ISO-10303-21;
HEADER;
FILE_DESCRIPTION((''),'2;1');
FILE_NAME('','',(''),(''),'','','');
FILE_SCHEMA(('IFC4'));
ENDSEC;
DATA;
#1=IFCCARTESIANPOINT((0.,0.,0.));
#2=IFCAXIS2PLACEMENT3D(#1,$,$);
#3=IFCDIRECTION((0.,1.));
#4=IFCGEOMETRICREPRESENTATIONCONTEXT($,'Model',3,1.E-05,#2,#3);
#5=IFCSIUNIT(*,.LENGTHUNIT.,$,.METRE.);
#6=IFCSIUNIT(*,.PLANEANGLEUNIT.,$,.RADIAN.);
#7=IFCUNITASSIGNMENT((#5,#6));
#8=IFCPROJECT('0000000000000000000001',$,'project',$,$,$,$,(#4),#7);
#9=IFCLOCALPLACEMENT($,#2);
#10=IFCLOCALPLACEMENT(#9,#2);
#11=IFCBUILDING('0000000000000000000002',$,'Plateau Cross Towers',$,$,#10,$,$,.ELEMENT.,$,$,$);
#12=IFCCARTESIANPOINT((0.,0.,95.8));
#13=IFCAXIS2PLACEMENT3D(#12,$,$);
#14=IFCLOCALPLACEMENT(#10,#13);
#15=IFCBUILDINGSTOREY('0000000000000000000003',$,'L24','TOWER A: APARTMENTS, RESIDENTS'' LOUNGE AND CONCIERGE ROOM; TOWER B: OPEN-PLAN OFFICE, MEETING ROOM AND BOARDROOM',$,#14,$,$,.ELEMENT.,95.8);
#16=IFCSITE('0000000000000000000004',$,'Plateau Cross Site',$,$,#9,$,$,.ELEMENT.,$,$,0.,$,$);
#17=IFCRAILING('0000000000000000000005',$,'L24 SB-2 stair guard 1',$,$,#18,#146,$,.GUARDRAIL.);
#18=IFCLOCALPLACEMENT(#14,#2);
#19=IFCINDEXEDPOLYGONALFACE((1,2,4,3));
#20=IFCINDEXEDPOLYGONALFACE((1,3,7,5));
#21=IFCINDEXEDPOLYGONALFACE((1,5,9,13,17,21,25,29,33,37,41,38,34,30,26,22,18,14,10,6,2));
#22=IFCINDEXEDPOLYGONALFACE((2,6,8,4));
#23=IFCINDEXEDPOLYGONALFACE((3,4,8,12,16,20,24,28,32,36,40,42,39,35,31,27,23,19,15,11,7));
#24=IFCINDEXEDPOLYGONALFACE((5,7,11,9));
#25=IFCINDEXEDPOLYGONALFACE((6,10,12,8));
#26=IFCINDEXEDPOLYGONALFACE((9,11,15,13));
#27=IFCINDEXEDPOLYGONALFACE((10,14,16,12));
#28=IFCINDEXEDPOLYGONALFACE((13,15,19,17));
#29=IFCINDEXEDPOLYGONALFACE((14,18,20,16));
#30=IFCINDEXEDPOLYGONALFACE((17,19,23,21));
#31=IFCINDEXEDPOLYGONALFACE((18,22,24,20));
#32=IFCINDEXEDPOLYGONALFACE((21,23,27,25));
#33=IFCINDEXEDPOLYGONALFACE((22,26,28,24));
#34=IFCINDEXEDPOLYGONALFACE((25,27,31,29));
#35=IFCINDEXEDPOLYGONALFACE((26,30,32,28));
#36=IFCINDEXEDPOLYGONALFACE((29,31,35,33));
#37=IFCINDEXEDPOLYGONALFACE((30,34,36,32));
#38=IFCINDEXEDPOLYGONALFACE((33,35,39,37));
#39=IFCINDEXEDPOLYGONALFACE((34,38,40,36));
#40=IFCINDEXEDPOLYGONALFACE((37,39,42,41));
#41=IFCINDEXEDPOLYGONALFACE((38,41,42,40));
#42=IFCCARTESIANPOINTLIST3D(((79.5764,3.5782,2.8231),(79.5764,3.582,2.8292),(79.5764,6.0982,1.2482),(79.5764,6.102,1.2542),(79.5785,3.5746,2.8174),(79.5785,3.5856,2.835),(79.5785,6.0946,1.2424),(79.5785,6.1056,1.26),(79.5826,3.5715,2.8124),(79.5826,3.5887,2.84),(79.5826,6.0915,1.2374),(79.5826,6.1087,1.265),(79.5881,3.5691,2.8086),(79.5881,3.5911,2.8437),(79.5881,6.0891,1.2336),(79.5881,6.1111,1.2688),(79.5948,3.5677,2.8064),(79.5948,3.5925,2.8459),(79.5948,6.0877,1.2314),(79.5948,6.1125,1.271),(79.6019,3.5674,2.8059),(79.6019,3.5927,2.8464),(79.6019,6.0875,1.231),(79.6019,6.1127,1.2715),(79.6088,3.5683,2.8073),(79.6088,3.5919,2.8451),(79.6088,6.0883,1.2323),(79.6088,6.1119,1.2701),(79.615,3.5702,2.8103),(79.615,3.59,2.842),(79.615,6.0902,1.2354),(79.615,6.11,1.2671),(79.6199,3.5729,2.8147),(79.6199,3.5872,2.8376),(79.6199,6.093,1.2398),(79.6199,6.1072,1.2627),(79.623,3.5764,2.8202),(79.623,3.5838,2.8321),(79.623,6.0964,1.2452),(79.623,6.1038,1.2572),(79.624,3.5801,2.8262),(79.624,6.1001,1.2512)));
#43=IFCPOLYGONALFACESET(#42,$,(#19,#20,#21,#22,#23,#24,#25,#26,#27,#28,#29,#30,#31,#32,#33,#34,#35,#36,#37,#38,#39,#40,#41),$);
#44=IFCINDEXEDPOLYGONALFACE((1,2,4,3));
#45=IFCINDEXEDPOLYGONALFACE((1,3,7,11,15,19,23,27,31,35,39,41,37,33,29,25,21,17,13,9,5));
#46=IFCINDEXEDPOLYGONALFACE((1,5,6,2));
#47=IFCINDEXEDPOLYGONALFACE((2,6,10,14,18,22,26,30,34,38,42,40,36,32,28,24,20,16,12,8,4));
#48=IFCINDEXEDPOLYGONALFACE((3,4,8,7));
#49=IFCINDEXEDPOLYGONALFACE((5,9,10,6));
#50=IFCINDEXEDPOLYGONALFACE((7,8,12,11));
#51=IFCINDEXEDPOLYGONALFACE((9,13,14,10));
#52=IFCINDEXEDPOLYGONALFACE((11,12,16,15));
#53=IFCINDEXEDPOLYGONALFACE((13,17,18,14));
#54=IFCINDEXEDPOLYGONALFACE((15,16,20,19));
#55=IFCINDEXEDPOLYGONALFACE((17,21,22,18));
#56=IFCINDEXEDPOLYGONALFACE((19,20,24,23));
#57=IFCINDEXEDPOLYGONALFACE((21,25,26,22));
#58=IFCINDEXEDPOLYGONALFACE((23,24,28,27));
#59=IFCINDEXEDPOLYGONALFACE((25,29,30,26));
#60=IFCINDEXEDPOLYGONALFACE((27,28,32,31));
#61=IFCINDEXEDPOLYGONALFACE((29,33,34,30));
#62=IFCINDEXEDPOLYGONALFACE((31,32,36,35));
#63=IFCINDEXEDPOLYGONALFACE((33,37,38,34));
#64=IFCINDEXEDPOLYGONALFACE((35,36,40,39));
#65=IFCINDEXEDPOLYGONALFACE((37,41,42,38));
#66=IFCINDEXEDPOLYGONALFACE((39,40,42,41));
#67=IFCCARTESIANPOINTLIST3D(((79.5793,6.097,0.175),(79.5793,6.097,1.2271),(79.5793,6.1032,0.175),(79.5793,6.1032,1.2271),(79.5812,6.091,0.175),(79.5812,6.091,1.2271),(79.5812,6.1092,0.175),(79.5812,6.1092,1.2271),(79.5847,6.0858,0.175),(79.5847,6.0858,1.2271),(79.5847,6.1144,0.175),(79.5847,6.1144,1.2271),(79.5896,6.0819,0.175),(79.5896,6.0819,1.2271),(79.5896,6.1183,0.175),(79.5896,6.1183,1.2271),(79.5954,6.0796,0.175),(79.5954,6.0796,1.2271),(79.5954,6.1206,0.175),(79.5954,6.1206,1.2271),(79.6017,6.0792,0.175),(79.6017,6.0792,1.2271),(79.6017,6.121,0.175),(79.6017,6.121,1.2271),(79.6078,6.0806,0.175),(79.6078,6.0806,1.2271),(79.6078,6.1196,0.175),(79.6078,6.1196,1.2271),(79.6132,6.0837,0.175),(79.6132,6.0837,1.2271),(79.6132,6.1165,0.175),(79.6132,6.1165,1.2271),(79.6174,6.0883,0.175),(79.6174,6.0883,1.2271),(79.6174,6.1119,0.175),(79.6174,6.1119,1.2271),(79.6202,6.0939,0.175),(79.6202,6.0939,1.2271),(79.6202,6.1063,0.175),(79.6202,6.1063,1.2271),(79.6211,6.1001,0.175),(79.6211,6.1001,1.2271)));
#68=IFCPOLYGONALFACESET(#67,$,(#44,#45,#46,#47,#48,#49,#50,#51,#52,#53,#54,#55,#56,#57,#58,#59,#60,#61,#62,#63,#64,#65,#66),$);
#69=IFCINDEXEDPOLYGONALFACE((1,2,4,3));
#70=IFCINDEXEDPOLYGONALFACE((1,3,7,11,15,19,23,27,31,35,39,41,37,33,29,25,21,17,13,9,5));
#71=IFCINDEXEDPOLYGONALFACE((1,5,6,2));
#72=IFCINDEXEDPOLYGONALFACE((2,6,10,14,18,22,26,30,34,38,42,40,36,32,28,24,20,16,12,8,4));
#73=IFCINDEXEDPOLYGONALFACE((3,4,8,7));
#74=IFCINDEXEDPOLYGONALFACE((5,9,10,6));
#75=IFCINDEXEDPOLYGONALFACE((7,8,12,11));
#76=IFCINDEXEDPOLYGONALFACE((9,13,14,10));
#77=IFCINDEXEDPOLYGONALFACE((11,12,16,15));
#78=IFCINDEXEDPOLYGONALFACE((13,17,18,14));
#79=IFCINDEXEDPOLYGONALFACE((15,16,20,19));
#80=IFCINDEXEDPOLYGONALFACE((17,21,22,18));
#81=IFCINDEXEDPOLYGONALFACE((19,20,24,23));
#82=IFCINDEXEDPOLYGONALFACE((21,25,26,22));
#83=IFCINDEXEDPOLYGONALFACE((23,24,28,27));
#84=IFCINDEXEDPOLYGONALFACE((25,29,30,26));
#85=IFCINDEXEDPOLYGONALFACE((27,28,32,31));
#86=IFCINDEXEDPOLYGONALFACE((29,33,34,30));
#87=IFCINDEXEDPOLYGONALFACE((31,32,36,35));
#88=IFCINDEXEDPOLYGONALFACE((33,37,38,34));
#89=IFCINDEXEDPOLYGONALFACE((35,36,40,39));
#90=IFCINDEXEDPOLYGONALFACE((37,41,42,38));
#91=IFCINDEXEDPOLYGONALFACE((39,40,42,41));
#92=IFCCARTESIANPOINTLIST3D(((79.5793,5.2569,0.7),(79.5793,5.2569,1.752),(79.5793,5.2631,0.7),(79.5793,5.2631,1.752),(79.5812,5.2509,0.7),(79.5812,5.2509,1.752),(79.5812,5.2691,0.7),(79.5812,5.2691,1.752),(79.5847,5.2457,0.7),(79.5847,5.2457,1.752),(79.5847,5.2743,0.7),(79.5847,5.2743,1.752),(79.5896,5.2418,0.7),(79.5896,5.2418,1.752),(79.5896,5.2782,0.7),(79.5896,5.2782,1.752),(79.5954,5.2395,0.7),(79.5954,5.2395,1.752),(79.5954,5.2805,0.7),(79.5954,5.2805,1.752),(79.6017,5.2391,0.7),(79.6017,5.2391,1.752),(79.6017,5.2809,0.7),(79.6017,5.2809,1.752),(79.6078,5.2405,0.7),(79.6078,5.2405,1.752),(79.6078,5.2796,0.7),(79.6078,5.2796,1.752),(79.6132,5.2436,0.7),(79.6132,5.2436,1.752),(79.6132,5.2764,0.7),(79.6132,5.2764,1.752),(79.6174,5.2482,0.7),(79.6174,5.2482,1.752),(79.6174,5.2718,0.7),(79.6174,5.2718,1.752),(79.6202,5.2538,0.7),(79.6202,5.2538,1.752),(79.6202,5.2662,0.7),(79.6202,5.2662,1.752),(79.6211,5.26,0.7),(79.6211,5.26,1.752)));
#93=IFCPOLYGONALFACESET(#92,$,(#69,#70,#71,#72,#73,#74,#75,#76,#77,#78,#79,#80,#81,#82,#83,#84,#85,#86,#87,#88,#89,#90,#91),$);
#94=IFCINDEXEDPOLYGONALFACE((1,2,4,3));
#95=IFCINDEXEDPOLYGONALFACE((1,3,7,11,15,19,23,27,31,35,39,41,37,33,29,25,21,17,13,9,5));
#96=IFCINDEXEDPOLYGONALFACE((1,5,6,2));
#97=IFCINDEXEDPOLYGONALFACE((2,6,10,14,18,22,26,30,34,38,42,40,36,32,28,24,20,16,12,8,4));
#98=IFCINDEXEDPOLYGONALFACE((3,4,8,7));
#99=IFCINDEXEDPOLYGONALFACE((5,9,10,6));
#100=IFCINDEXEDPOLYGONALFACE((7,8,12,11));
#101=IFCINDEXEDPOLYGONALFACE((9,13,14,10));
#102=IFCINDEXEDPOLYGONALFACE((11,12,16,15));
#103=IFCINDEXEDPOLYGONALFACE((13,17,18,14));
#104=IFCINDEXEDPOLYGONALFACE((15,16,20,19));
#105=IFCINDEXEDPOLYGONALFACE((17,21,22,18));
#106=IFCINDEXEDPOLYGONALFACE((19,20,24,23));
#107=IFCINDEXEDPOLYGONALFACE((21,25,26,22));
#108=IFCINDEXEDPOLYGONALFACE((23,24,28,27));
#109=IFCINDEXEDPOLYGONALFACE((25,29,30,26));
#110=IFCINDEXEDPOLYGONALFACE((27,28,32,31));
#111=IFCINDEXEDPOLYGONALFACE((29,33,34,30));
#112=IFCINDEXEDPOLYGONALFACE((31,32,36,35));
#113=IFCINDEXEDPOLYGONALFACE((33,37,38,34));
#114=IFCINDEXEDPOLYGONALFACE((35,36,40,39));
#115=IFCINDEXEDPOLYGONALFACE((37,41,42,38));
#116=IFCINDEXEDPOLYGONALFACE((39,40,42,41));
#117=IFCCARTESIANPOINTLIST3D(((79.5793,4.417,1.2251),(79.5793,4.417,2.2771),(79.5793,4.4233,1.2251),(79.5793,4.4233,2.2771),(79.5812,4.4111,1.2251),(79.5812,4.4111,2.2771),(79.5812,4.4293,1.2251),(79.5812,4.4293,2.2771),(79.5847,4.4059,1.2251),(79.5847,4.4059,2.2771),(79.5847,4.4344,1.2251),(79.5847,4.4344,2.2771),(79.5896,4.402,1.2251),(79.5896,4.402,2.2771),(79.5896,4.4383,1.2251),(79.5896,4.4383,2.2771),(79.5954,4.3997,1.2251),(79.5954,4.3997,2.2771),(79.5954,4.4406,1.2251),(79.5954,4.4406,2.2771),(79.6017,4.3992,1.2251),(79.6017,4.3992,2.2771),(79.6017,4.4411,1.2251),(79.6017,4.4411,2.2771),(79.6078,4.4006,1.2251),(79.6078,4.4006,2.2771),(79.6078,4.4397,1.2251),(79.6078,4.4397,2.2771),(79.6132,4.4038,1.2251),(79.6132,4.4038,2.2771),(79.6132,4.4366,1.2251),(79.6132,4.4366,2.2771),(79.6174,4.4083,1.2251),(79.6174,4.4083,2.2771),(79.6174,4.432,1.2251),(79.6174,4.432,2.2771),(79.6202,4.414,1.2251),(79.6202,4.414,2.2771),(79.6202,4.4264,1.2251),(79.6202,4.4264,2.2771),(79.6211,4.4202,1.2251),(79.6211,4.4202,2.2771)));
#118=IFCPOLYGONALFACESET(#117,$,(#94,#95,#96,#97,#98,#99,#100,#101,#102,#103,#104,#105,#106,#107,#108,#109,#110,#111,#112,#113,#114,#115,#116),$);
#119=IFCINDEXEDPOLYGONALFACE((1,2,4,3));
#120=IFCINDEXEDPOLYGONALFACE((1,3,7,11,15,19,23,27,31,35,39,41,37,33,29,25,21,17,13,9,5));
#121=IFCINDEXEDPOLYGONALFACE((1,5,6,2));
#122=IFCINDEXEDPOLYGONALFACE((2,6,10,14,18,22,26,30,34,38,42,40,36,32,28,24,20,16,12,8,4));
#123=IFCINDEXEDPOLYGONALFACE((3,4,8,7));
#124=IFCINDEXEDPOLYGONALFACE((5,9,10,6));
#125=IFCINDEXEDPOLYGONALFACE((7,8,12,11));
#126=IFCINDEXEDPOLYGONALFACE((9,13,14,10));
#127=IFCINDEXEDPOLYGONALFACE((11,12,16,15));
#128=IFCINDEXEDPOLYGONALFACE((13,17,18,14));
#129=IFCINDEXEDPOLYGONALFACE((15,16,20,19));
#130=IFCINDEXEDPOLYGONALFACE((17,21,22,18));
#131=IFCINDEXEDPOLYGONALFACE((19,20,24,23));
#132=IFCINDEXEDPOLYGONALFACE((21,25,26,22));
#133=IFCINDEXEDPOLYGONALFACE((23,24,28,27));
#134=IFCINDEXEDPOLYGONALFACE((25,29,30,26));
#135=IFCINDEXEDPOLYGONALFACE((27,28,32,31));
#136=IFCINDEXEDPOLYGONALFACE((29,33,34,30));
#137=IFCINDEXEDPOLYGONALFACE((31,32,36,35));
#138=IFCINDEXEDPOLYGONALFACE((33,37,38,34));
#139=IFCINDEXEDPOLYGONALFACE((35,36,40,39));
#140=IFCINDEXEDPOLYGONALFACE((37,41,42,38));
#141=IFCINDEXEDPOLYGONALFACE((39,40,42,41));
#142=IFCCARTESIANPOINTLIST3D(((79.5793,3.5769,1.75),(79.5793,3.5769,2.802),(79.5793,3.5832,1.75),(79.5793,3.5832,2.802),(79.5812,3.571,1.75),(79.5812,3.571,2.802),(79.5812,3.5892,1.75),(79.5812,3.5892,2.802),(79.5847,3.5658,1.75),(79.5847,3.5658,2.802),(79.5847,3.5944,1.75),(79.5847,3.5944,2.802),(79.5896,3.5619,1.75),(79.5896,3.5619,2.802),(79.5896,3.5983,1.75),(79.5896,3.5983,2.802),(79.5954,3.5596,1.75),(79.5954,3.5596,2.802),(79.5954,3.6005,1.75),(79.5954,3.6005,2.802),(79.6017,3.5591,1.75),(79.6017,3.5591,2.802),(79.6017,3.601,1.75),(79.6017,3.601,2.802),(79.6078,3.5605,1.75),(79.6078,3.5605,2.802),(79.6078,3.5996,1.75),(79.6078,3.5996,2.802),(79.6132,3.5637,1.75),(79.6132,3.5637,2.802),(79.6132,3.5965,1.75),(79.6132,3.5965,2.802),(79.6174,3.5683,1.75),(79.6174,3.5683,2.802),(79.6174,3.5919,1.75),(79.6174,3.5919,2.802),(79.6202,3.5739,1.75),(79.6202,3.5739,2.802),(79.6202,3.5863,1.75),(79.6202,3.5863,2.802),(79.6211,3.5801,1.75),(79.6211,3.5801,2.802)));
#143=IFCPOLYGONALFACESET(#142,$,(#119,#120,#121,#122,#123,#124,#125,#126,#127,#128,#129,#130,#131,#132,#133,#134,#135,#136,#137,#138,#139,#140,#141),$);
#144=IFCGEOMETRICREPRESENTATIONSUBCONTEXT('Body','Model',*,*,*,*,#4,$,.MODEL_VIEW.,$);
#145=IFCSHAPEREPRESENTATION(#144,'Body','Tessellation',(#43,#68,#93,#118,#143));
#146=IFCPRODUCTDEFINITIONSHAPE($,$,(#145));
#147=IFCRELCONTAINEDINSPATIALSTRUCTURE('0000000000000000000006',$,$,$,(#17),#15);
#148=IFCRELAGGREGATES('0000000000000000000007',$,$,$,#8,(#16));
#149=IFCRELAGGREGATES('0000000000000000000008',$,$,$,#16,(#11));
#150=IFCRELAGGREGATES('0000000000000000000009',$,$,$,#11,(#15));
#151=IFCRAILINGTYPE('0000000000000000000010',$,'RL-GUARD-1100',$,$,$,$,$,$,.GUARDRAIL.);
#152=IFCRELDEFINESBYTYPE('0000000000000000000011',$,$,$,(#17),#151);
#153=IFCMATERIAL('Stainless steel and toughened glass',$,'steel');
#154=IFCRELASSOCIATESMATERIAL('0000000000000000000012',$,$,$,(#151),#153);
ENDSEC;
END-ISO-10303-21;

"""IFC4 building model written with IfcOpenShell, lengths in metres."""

from ifc_helpers import new_model, si_unit, direction, frame, origin, origin_2d, place, context, subcontext, project, spatial, circle, extrude, material, type_object, element, save


model = new_model("IFC4")

# Units and contexts
model_context = context("Model", 3, precision=1e-05, world=origin(), true_north=direction((0.0, 1.0)))
body_context = subcontext(model_context, "Body", "Model", "MODEL_VIEW")
ifc_project = project(units=[si_unit("LENGTHUNIT", "METRE"), si_unit("PLANEANGLEUNIT", "RADIAN")], contexts=[model_context])

# Site, building, storey
site_placement = place(None, origin())
site = spatial("IfcSite", under=ifc_project, at=site_placement, Name="Plateau Cross Site", CompositionType="ELEMENT", RefElevation=0.0)
building_placement = place(site_placement, origin())
building = spatial("IfcBuilding", under=site, at=building_placement, Name="Plateau Cross Towers", CompositionType="ELEMENT")
storey_placement = place(building_placement, frame((0.0, 0.0, 95.8)))
storey = spatial("IfcBuildingStorey", under=building, at=storey_placement, Name="L24", Description="TOWER A: APARTMENTS, RESIDENTS' LOUNGE AND CONCIERGE ROOM; TOWER B: OPEN-PLAN OFFICE, MEETING ROOM AND BOARDROOM", CompositionType="ELEMENT", Elevation=95.8)

# Railing
ifc_material_1 = material(Name="Stainless steel and toughened glass", Category="steel")
railing_type_1 = type_object("IfcRailingType", Name="RL-GUARD-1100", PredefinedType="GUARDRAIL", material=ifc_material_1)
railing_1_placement = place(storey_placement, frame((79.6001, 6.1001, 0.175)))
element("IfcRailing", 1, at=railing_1_placement, inside=storey, type_object=railing_type_1, Name="L24 SB-2 stair guard 1", PredefinedType="GUARDRAIL", context=body_context, shape_type="SweptSolid", body=[
    extrude(circle(Radius=0.0239, at=origin_2d()), frame((0.0, 0.0, 1.0762), z_axis=(0.0, -0.848008, 0.529984), x_axis=(1.0, 0.0, 0.0)), (0.0, 0.0, 1.0), 2.9717),
    extrude(circle(Radius=0.021, at=origin_2d()), origin(), (0.0, 0.0, 1.0), 1.052),
    extrude(circle(Radius=0.021, at=origin_2d()), frame((0.0, -0.8401, 0.5249)), (0.0, 0.0, 1.0), 1.052),
    extrude(circle(Radius=0.021, at=origin_2d()), frame((0.0, -1.6799, 1.05)), (0.0, 0.0, 1.0), 1.052),
    extrude(circle(Radius=0.021, at=origin_2d()), frame((0.0, -2.52, 1.575)), (0.0, 0.0, 1.0), 1.052),
])

save(model, "model.ifc")
